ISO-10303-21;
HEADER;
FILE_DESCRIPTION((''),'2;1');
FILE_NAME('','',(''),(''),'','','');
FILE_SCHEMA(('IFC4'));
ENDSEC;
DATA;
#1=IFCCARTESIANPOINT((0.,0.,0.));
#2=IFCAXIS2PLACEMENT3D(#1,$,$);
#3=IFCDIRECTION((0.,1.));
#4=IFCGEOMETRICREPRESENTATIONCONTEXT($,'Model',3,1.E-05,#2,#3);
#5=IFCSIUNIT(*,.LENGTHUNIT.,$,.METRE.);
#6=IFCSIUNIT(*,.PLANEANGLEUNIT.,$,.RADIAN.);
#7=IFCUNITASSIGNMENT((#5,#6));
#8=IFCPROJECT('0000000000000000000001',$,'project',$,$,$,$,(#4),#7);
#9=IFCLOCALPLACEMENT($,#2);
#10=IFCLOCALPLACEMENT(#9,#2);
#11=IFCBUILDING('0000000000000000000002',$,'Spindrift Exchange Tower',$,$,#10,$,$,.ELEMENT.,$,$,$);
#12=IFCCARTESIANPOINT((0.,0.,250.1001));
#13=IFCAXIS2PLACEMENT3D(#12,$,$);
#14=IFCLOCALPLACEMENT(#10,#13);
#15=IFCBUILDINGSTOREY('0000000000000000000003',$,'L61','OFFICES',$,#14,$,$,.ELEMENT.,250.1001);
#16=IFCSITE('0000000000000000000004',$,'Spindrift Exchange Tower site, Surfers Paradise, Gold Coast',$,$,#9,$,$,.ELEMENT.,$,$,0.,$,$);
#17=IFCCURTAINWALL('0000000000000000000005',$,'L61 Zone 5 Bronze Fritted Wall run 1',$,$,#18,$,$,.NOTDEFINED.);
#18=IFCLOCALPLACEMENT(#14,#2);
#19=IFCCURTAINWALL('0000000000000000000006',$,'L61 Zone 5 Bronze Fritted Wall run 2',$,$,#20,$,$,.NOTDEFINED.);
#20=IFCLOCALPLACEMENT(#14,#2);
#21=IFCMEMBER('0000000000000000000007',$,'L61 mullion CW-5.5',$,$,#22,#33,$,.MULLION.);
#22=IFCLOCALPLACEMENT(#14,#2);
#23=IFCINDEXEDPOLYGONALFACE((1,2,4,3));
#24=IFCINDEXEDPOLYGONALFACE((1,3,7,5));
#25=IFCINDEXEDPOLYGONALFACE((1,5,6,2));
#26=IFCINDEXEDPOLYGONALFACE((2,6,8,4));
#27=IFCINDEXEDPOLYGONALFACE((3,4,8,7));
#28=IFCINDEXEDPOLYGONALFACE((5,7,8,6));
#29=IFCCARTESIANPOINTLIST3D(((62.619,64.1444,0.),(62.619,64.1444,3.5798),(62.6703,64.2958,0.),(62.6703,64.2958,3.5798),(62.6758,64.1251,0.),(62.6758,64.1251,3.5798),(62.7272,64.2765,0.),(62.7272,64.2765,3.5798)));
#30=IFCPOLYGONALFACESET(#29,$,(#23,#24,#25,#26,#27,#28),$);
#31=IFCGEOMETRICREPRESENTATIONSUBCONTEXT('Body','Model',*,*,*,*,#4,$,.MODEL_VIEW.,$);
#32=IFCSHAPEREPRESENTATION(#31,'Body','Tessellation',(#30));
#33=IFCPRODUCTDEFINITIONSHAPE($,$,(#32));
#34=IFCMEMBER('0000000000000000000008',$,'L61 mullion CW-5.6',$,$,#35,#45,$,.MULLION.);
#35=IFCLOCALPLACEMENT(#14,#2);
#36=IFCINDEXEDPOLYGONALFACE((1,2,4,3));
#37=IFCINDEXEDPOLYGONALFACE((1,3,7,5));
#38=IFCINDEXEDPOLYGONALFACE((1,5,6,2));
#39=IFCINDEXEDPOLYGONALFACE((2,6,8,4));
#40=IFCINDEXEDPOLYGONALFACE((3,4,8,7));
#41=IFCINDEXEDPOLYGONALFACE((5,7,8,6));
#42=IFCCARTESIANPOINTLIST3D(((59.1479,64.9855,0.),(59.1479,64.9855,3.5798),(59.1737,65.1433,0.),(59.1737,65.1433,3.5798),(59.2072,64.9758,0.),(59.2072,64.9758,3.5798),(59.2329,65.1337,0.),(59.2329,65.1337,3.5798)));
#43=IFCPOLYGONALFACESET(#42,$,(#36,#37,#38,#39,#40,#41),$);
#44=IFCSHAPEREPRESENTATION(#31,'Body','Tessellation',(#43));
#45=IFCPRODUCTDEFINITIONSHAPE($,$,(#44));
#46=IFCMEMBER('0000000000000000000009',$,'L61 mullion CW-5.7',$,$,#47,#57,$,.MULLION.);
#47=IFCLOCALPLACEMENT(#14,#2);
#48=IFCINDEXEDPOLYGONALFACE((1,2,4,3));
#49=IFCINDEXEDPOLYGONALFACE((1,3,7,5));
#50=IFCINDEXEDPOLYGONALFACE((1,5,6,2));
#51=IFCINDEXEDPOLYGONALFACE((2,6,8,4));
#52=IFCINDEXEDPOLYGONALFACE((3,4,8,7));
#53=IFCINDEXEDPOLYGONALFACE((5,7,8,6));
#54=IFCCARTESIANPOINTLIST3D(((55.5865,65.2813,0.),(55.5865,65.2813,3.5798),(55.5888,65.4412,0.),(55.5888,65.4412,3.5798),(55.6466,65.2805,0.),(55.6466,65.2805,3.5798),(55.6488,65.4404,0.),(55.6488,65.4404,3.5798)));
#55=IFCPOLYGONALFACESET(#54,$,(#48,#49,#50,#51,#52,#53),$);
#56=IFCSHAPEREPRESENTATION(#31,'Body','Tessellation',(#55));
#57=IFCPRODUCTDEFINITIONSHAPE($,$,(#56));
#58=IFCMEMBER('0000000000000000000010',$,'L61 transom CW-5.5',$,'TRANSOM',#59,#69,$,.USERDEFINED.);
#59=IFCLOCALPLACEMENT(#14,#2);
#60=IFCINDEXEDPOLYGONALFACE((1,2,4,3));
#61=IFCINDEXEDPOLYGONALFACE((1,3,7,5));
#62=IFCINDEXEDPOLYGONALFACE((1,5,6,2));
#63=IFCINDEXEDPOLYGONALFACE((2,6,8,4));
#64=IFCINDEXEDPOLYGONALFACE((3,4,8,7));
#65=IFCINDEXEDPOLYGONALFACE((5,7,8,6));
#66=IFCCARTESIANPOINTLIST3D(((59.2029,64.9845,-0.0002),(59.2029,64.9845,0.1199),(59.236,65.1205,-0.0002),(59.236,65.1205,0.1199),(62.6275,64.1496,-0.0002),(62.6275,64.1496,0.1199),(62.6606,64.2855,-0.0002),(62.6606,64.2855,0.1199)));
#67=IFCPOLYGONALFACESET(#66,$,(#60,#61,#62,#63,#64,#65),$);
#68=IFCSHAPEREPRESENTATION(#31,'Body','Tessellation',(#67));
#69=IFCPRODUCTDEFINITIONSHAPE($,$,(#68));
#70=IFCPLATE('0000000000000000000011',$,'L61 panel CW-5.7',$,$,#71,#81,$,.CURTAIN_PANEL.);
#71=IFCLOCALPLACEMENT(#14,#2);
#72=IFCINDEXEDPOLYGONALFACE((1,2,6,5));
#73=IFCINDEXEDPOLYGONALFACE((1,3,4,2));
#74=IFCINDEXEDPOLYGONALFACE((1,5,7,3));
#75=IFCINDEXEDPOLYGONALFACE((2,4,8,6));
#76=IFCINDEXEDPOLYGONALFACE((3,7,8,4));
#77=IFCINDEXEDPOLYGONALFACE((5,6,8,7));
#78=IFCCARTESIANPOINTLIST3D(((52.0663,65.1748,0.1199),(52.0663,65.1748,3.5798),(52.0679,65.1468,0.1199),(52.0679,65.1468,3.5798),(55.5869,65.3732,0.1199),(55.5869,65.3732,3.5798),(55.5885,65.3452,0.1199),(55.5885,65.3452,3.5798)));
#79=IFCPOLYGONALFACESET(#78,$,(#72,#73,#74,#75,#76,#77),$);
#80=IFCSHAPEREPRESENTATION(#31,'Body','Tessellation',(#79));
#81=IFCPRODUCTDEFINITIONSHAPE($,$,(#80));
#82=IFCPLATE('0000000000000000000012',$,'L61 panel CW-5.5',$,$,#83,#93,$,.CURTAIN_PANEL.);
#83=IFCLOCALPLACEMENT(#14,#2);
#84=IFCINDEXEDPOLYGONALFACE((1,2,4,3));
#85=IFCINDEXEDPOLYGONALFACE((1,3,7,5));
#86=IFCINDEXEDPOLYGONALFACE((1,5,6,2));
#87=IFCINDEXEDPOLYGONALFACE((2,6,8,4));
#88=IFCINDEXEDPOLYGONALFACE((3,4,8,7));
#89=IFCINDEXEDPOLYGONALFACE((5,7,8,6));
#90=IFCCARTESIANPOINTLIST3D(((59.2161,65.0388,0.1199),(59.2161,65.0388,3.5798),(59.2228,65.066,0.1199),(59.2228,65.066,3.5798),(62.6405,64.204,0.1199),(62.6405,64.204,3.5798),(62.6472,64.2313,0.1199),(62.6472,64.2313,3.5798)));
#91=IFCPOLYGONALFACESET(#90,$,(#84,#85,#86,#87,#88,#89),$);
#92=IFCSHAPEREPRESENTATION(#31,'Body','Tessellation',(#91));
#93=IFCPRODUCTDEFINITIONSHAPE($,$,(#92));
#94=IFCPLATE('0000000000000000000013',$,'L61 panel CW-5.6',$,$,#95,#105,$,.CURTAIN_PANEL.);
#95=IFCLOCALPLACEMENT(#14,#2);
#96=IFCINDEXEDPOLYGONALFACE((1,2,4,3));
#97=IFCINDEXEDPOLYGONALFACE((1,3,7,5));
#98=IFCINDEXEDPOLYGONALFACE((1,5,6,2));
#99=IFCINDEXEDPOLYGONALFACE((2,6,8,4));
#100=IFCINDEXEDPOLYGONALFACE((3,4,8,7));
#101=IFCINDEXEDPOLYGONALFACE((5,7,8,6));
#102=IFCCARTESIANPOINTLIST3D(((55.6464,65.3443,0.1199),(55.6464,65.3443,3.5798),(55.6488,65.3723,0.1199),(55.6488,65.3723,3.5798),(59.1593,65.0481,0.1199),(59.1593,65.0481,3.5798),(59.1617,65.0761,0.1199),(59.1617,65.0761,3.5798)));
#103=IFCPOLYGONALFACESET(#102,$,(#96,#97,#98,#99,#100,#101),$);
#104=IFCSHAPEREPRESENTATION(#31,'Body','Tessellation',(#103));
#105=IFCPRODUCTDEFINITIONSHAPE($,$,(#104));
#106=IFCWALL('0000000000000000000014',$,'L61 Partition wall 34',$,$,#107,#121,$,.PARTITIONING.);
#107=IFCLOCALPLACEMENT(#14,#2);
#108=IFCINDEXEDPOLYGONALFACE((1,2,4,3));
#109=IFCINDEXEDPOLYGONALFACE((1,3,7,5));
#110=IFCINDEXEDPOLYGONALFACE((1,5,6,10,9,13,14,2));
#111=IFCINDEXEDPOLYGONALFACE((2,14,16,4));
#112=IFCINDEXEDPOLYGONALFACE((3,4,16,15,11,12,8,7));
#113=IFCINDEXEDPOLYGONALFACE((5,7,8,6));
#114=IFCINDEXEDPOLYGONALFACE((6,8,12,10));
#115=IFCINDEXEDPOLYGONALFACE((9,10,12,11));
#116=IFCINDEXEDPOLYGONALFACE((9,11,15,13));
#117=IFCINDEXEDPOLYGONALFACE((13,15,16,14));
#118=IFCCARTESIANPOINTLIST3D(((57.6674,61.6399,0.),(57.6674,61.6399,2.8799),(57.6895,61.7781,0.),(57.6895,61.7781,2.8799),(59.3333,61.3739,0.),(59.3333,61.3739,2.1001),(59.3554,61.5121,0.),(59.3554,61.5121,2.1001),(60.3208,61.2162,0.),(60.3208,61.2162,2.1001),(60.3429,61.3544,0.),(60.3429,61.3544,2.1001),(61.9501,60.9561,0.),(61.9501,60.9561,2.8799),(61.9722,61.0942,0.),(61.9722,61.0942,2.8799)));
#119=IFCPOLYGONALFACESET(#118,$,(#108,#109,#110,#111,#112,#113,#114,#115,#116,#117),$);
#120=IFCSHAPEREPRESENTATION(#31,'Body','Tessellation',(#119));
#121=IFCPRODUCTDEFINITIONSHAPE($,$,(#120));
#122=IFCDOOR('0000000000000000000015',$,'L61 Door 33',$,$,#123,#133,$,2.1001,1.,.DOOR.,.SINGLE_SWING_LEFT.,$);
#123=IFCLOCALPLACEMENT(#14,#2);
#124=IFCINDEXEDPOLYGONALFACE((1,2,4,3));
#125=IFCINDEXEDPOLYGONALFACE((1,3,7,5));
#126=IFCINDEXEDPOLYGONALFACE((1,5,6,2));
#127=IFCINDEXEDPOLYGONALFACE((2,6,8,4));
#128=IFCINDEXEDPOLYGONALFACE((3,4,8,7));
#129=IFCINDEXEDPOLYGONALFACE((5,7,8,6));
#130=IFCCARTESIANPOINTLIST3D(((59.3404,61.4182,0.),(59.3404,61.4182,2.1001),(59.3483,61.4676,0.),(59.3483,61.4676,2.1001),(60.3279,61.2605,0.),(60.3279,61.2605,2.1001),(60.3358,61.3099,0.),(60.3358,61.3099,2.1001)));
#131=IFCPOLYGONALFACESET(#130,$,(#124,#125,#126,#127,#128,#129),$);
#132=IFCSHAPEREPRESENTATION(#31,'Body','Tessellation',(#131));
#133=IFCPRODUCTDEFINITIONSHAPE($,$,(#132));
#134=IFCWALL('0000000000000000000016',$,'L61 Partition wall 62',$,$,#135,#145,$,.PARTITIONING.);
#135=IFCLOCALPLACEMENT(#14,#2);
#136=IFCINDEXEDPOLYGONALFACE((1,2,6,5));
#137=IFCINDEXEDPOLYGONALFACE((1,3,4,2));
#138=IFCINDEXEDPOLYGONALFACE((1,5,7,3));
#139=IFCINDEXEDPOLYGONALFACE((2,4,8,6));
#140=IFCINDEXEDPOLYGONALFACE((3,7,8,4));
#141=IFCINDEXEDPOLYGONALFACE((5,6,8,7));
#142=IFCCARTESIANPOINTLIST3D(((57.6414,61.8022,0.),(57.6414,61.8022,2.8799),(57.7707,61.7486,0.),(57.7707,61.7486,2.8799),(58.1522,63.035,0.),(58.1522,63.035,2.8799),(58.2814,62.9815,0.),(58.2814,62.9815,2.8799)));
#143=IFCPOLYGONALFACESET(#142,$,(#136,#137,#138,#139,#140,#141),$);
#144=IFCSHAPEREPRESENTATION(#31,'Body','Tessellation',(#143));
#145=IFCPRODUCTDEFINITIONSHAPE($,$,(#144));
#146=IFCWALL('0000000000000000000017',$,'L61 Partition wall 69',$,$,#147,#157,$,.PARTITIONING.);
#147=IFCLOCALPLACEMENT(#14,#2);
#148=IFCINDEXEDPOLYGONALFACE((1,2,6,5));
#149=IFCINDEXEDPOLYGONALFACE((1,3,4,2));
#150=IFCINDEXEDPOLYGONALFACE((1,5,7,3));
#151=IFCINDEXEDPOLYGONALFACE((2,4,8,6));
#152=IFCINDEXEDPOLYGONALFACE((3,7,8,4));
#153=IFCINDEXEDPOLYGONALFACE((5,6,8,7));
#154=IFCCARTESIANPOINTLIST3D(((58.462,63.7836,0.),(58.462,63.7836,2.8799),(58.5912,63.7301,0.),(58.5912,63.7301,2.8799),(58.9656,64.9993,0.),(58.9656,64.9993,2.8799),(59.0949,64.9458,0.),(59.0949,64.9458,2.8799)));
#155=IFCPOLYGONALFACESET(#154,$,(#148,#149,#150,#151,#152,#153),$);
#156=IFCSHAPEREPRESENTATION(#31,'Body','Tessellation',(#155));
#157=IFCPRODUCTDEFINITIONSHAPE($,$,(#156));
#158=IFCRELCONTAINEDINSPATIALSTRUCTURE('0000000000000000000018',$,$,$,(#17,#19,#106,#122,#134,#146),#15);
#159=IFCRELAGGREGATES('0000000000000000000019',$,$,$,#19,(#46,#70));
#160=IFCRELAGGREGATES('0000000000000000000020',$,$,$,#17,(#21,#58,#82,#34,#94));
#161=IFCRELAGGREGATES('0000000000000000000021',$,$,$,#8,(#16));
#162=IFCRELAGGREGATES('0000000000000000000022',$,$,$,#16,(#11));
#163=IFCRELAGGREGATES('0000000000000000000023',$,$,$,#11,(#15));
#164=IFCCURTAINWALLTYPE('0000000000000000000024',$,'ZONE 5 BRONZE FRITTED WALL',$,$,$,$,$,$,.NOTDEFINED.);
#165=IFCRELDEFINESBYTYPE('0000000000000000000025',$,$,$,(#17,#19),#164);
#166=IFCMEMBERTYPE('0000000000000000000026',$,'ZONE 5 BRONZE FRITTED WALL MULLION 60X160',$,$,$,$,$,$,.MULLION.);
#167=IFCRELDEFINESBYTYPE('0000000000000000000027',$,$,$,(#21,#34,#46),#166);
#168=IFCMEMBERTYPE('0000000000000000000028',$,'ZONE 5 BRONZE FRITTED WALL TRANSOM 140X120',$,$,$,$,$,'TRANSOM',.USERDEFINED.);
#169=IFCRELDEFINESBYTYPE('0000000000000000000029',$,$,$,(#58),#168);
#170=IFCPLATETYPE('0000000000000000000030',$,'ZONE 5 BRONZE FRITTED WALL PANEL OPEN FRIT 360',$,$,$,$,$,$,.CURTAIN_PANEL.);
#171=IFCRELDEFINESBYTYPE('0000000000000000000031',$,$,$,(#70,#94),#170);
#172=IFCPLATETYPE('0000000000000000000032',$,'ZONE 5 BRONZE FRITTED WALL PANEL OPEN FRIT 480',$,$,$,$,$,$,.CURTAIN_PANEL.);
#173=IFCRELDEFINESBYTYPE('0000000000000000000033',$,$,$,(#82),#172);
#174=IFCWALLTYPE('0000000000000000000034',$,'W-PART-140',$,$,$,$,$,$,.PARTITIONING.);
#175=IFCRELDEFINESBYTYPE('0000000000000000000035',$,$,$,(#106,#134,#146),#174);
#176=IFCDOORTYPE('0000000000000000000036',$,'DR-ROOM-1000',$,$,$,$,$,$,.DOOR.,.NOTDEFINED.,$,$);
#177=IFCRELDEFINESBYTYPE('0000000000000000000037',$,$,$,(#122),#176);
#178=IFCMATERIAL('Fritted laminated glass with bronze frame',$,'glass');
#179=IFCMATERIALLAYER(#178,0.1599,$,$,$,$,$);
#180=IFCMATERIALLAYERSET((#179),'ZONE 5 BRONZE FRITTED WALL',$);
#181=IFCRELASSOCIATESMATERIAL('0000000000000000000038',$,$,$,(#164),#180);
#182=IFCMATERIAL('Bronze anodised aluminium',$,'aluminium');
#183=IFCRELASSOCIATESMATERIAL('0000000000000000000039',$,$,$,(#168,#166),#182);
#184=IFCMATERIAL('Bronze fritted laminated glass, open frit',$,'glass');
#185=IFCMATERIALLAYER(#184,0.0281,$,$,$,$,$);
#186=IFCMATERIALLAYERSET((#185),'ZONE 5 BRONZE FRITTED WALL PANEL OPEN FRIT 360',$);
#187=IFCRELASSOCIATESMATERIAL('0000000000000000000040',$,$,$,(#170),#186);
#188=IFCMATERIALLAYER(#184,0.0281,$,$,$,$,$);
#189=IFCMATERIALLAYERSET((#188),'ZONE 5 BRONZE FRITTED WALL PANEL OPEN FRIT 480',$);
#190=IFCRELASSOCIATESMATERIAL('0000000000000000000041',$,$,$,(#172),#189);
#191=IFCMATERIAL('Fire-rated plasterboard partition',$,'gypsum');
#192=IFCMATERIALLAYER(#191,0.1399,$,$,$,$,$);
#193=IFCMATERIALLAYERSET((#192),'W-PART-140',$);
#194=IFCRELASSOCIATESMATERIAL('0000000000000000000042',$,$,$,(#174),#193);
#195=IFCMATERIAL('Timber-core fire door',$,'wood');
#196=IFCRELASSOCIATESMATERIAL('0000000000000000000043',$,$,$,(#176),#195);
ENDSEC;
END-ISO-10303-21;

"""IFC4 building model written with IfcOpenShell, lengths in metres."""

from ifc_helpers import new_model, si_unit, direction, frame, frame_2d, origin, origin_2d, place, context, subcontext, project, spatial, rectangle, extrude, source, transform, mapped, material, layer, layer_set, material_profile, profile_set, type_object, element, fill, aggregate, save


model = new_model("IFC4")

# Units and contexts
model_context = context("Model", 3, precision=1e-05, world=origin(), true_north=direction((0.0, 1.0)))
body_context = subcontext(model_context, "Body", "Model", "MODEL_VIEW")
ifc_project = project(units=[si_unit("LENGTHUNIT", "METRE"), si_unit("PLANEANGLEUNIT", "RADIAN")], contexts=[model_context])

# Site, building, storey
site_placement = place(None, origin())
site = spatial("IfcSite", under=ifc_project, at=site_placement, Name="Spindrift Exchange Tower site, Surfers Paradise, Gold Coast", CompositionType="ELEMENT", RefElevation=0.0)
building_placement = place(site_placement, origin())
building = spatial("IfcBuilding", under=site, at=building_placement, Name="Spindrift Exchange Tower", CompositionType="ELEMENT")
storey_placement = place(building_placement, frame((0.0, 0.0, 250.1001)))
storey = spatial("IfcBuildingStorey", under=building, at=storey_placement, Name="L61", Description="OFFICES", CompositionType="ELEMENT", Elevation=250.1001)

# Curtain walls
ifc_material_1 = material(Name="Fritted laminated glass with bronze frame", Category="glass")
ifc_layer_1 = layer(ifc_material_1, 0.1599)
ifc_layer_set_1 = layer_set([ifc_layer_1], Name="ZONE 5 BRONZE FRITTED WALL")
curtain_wall_type = type_object("IfcCurtainWallType", Name="ZONE 5 BRONZE FRITTED WALL", PredefinedType="NOTDEFINED", material=ifc_layer_set_1)
curtain_wall_1_placement = place(storey_placement, origin())
curtain_wall_1 = element("IfcCurtainWall", 1, at=curtain_wall_1_placement, inside=storey, type_object=curtain_wall_type, Name="L61 Zone 5 Bronze Fritted Wall run 1", PredefinedType="NOTDEFINED")
ifc_material_2 = material(Name="Bronze anodised aluminium", Category="aluminium")
ifc_material_profile_1 = material_profile(ifc_material_2, rectangle(XDim=0.1399, YDim=0.1201, at=origin_2d()), Name="ZONE 5 BRONZE FRITTED WALL TRANSOM 140X120")
ifc_profile_set_1 = profile_set([ifc_material_profile_1], Name="Bronze anodised aluminium")
member_type_1 = type_object("IfcMemberType", Name="ZONE 5 BRONZE FRITTED WALL TRANSOM 140X120", ElementType="TRANSOM", PredefinedType="USERDEFINED", material=ifc_profile_set_1)
curtain_wall_2_placement = place(storey_placement, origin())
curtain_wall_2 = element("IfcCurtainWall", 2, at=curtain_wall_2_placement, inside=storey, type_object=curtain_wall_type, Name="L61 Zone 5 Bronze Fritted Wall run 2", PredefinedType="NOTDEFINED")

# Members
ifc_material_profile_2 = material_profile(ifc_material_2, rectangle(XDim=0.0601, YDim=0.1599, at=origin_2d()), Name="ZONE 5 BRONZE FRITTED WALL MULLION 60X160")
ifc_profile_set_2 = profile_set([ifc_material_profile_2], Name="Bronze anodised aluminium")
member_type_2 = type_object("IfcMemberType", Name="ZONE 5 BRONZE FRITTED WALL MULLION 60X160", PredefinedType="MULLION", material=ifc_profile_set_2)
shared_shape_1 = source(origin(), body_context, "Body", "SweptSolid", [
    extrude(rectangle(XDim=0.0601, YDim=0.1599, at=origin_2d()), origin(), (0.0, 0.0, 1.0), 3.5798),
])
member_1_placement = place(storey_placement, frame((62.6731, 64.2104, 0.0), z_axis=(0.0, 0.0, 1.0), x_axis=(-0.946977, 0.321301, 0.0)))
member_1 = element("IfcMember", 3, at=member_1_placement, type_object=member_type_2, Name="L61 mullion CW-5.5", PredefinedType="MULLION", context=body_context, shape_type="MappedRepresentation", body=[
    mapped(shared_shape_1, transform((0.0, 0.0, 0.0), scale=1.0)),
])
member_2_placement = place(storey_placement, frame((59.1904, 65.0596, 0.0), z_axis=(0.0, 0.0, 1.0), x_axis=(-0.986967, 0.16092, 0.0)))
member_2 = element("IfcMember", 4, at=member_2_placement, type_object=member_type_2, Name="L61 mullion CW-5.6", PredefinedType="MULLION", context=body_context, shape_type="MappedRepresentation", body=[
    mapped(shared_shape_1, transform((0.0, 0.0, 0.0), scale=1.0)),
])
member_3_placement = place(storey_placement, frame((55.6177, 65.3608, 0.0), z_axis=(0.0, 0.0, 1.0), x_axis=(-0.999903, 0.013914, 0.0)))
member_3 = element("IfcMember", 5, at=member_3_placement, type_object=member_type_2, Name="L61 mullion CW-5.7", PredefinedType="MULLION", context=body_context, shape_type="MappedRepresentation", body=[
    mapped(shared_shape_1, transform((0.0, 0.0, 0.0), scale=1.0)),
])
shared_shape_2 = source(origin(), body_context, "Body", "SweptSolid", [
    extrude(rectangle(XDim=0.1399, YDim=0.1201, at=origin_2d()), origin(), (0.0, 0.0, 1.0), 3.5249),
])
member_4_placement = place(storey_placement, frame((62.644, 64.2175, 0.0598), z_axis=(-0.97154, 0.236876, 0.0), x_axis=(-0.236876, -0.97154, 0.0)))
member_4 = element("IfcMember", 6, at=member_4_placement, type_object=member_type_1, Name="L61 transom CW-5.5", ObjectType="TRANSOM", PredefinedType="USERDEFINED", context=body_context, shape_type="MappedRepresentation", body=[
    mapped(shared_shape_2, transform((0.0, 0.0, 0.0), scale=1.0)),
])

# Plates
ifc_material_3 = material(Name="Bronze fritted laminated glass, open frit", Category="glass")
ifc_layer_2 = layer(ifc_material_3, 0.0281)
ifc_layer_set_2 = layer_set([ifc_layer_2], Name="ZONE 5 BRONZE FRITTED WALL PANEL OPEN FRIT 360")
plate_type_1 = type_object("IfcPlateType", Name="ZONE 5 BRONZE FRITTED WALL PANEL OPEN FRIT 360", PredefinedType="CURTAIN_PANEL", material=ifc_layer_set_2)
shared_shape_3 = source(origin(), body_context, "Body", "SweptSolid", [
    extrude(rectangle(XDim=3.5261, YDim=0.0281, at=origin_2d()), origin(), (0.0, 0.0, 1.0), 3.46),
])
plate_1_placement = place(storey_placement, frame((53.8274, 65.26, 0.1199), z_axis=(0.0, 0.0, 1.0), x_axis=(-0.998415, -0.056273, 0.0)))
plate_1 = element("IfcPlate", 7, at=plate_1_placement, type_object=plate_type_1, Name="L61 panel CW-5.7", PredefinedType="CURTAIN_PANEL", context=body_context, shape_type="MappedRepresentation", body=[
    mapped(shared_shape_3, transform((0.0, 0.0, 0.0), scale=1.0)),
])
aggregate(curtain_wall_2, [member_3, plate_1])
ifc_layer_3 = layer(ifc_material_3, 0.0281)
ifc_layer_set_3 = layer_set([ifc_layer_3], Name="ZONE 5 BRONZE FRITTED WALL PANEL OPEN FRIT 480")
plate_type_2 = type_object("IfcPlateType", Name="ZONE 5 BRONZE FRITTED WALL PANEL OPEN FRIT 480", PredefinedType="CURTAIN_PANEL", material=ifc_layer_set_3)
shared_shape_4 = source(origin(), body_context, "Body", "SweptSolid", [
    extrude(rectangle(XDim=3.5247, YDim=0.0281, at=origin_2d()), origin(), (0.0, 0.0, 1.0), 3.46),
])
plate_2_placement = place(storey_placement, frame((60.9316, 64.635, 0.1199), z_axis=(0.0, 0.0, 1.0), x_axis=(-0.971549, 0.23684, 0.0)))
plate_2 = element("IfcPlate", 8, at=plate_2_placement, type_object=plate_type_2, Name="L61 panel CW-5.5", PredefinedType="CURTAIN_PANEL", context=body_context, shape_type="MappedRepresentation", body=[
    mapped(shared_shape_4, transform((0.0, 0.0, 0.0), scale=1.0)),
])
shared_shape_5 = source(origin(), body_context, "Body", "SweptSolid", [
    extrude(rectangle(XDim=3.5254, YDim=0.0281, at=origin_2d()), origin(), (0.0, 0.0, 1.0), 3.46),
])
plate_3_placement = place(storey_placement, frame((57.4041, 65.2102, 0.1199), z_axis=(0.0, 0.0, 1.0), x_axis=(-0.996463, 0.084033, 0.0)))
plate_3 = element("IfcPlate", 9, at=plate_3_placement, type_object=plate_type_1, Name="L61 panel CW-5.6", PredefinedType="CURTAIN_PANEL", context=body_context, shape_type="MappedRepresentation", body=[
    mapped(shared_shape_5, transform((0.0, 0.0, 0.0), scale=1.0)),
])
aggregate(curtain_wall_1, [member_1, member_4, plate_2, member_2, plate_3])

# Wall, opening, door
ifc_material_4 = material(Name="Fire-rated plasterboard partition", Category="gypsum")
ifc_layer_4 = layer(ifc_material_4, 0.1399)
ifc_layer_set_4 = layer_set([ifc_layer_4], Name="W-PART-140")
wall_type = type_object("IfcWallType", Name="W-PART-140", PredefinedType="PARTITIONING", material=ifc_layer_set_4)
wall_1_placement = place(storey_placement, frame((57.6785, 61.709, 0.0), z_axis=(0.0, 0.0, 1.0), x_axis=(0.987491, -0.157677, 0.0)))
wall_1 = element("IfcWall", 10, at=wall_1_placement, inside=storey, type_object=wall_type, Name="L61 Partition wall 34", PredefinedType="PARTITIONING", context=body_context, shape_type="SweptSolid", body=[
    extrude(rectangle(XDim=4.3369, YDim=0.1399, at=frame_2d((2.1685, 0.0))), origin(), (0.0, 0.0, 1.0), 2.8799),
])
opening_placement = place(wall_1_placement, frame((1.687, 0.0, 0.0)))
opening = element("IfcOpeningElement", 11, at=opening_placement, cuts=wall_1, PredefinedType="OPENING", context=body_context, shape_type="SweptSolid", body=[
    extrude(rectangle(XDim=1.0, YDim=2.1001, at=frame_2d((0.5, 1.05))), frame((0.0, 0.0798, 0.0), z_axis=(0.0, -1.0, 0.0), x_axis=(1.0, 0.0, 0.0)), (0.0, 0.0, 1.0), 0.1599),
])
ifc_material_5 = material(Name="Timber-core fire door", Category="wood")
door_type = type_object("IfcDoorType", Name="DR-ROOM-1000", OperationType="NOTDEFINED", PredefinedType="DOOR", material=ifc_material_5)
shared_shape_6 = source(origin(), body_context, "Body", "SweptSolid", [
    extrude(rectangle(XDim=1.0, YDim=2.1001, at=frame_2d((0.5, 1.05))), frame((0.0, 0.0249, 0.0), z_axis=(0.0, -1.0, 0.0), x_axis=(1.0, 0.0, 0.0)), (0.0, 0.0, 1.0), 0.05),
])
door_placement = place(opening_placement, origin())
door = element("IfcDoor", 12, at=door_placement, inside=storey, type_object=door_type, Name="L61 Door 33", OperationType="SINGLE_SWING_LEFT", OverallHeight=2.1001, OverallWidth=1.0, PredefinedType="DOOR", context=body_context, shape_type="MappedRepresentation", body=[
    mapped(shared_shape_6, transform((0.0, 0.0, 0.0), scale=1.0)),
])
fill(opening, door)

# Walls
wall_2_placement = place(storey_placement, frame((57.7061, 61.7754, 0.0), z_axis=(0.0, 0.0, 1.0), x_axis=(0.382718, 0.923865, 0.0)))
element("IfcWall", 13, at=wall_2_placement, inside=storey, type_object=wall_type, Name="L61 Partition wall 62", PredefinedType="PARTITIONING", context=body_context, shape_type="SweptSolid", body=[
    extrude(rectangle(XDim=1.3345, YDim=0.1399, at=frame_2d((0.6672, 0.0))), origin(), (0.0, 0.0, 1.0), 2.8799),
])
wall_3_placement = place(storey_placement, frame((58.5266, 63.7568, 0.0), z_axis=(0.0, 0.0, 1.0), x_axis=(0.382718, 0.923865, 0.0)))
element("IfcWall", 14, at=wall_3_placement, inside=storey, type_object=wall_type, Name="L61 Partition wall 69", PredefinedType="PARTITIONING", context=body_context, shape_type="SweptSolid", body=[
    extrude(rectangle(XDim=1.3159, YDim=0.1399, at=frame_2d((0.658, 0.0))), origin(), (0.0, 0.0, 1.0), 2.8799),
])

save(model, "model.ifc")
